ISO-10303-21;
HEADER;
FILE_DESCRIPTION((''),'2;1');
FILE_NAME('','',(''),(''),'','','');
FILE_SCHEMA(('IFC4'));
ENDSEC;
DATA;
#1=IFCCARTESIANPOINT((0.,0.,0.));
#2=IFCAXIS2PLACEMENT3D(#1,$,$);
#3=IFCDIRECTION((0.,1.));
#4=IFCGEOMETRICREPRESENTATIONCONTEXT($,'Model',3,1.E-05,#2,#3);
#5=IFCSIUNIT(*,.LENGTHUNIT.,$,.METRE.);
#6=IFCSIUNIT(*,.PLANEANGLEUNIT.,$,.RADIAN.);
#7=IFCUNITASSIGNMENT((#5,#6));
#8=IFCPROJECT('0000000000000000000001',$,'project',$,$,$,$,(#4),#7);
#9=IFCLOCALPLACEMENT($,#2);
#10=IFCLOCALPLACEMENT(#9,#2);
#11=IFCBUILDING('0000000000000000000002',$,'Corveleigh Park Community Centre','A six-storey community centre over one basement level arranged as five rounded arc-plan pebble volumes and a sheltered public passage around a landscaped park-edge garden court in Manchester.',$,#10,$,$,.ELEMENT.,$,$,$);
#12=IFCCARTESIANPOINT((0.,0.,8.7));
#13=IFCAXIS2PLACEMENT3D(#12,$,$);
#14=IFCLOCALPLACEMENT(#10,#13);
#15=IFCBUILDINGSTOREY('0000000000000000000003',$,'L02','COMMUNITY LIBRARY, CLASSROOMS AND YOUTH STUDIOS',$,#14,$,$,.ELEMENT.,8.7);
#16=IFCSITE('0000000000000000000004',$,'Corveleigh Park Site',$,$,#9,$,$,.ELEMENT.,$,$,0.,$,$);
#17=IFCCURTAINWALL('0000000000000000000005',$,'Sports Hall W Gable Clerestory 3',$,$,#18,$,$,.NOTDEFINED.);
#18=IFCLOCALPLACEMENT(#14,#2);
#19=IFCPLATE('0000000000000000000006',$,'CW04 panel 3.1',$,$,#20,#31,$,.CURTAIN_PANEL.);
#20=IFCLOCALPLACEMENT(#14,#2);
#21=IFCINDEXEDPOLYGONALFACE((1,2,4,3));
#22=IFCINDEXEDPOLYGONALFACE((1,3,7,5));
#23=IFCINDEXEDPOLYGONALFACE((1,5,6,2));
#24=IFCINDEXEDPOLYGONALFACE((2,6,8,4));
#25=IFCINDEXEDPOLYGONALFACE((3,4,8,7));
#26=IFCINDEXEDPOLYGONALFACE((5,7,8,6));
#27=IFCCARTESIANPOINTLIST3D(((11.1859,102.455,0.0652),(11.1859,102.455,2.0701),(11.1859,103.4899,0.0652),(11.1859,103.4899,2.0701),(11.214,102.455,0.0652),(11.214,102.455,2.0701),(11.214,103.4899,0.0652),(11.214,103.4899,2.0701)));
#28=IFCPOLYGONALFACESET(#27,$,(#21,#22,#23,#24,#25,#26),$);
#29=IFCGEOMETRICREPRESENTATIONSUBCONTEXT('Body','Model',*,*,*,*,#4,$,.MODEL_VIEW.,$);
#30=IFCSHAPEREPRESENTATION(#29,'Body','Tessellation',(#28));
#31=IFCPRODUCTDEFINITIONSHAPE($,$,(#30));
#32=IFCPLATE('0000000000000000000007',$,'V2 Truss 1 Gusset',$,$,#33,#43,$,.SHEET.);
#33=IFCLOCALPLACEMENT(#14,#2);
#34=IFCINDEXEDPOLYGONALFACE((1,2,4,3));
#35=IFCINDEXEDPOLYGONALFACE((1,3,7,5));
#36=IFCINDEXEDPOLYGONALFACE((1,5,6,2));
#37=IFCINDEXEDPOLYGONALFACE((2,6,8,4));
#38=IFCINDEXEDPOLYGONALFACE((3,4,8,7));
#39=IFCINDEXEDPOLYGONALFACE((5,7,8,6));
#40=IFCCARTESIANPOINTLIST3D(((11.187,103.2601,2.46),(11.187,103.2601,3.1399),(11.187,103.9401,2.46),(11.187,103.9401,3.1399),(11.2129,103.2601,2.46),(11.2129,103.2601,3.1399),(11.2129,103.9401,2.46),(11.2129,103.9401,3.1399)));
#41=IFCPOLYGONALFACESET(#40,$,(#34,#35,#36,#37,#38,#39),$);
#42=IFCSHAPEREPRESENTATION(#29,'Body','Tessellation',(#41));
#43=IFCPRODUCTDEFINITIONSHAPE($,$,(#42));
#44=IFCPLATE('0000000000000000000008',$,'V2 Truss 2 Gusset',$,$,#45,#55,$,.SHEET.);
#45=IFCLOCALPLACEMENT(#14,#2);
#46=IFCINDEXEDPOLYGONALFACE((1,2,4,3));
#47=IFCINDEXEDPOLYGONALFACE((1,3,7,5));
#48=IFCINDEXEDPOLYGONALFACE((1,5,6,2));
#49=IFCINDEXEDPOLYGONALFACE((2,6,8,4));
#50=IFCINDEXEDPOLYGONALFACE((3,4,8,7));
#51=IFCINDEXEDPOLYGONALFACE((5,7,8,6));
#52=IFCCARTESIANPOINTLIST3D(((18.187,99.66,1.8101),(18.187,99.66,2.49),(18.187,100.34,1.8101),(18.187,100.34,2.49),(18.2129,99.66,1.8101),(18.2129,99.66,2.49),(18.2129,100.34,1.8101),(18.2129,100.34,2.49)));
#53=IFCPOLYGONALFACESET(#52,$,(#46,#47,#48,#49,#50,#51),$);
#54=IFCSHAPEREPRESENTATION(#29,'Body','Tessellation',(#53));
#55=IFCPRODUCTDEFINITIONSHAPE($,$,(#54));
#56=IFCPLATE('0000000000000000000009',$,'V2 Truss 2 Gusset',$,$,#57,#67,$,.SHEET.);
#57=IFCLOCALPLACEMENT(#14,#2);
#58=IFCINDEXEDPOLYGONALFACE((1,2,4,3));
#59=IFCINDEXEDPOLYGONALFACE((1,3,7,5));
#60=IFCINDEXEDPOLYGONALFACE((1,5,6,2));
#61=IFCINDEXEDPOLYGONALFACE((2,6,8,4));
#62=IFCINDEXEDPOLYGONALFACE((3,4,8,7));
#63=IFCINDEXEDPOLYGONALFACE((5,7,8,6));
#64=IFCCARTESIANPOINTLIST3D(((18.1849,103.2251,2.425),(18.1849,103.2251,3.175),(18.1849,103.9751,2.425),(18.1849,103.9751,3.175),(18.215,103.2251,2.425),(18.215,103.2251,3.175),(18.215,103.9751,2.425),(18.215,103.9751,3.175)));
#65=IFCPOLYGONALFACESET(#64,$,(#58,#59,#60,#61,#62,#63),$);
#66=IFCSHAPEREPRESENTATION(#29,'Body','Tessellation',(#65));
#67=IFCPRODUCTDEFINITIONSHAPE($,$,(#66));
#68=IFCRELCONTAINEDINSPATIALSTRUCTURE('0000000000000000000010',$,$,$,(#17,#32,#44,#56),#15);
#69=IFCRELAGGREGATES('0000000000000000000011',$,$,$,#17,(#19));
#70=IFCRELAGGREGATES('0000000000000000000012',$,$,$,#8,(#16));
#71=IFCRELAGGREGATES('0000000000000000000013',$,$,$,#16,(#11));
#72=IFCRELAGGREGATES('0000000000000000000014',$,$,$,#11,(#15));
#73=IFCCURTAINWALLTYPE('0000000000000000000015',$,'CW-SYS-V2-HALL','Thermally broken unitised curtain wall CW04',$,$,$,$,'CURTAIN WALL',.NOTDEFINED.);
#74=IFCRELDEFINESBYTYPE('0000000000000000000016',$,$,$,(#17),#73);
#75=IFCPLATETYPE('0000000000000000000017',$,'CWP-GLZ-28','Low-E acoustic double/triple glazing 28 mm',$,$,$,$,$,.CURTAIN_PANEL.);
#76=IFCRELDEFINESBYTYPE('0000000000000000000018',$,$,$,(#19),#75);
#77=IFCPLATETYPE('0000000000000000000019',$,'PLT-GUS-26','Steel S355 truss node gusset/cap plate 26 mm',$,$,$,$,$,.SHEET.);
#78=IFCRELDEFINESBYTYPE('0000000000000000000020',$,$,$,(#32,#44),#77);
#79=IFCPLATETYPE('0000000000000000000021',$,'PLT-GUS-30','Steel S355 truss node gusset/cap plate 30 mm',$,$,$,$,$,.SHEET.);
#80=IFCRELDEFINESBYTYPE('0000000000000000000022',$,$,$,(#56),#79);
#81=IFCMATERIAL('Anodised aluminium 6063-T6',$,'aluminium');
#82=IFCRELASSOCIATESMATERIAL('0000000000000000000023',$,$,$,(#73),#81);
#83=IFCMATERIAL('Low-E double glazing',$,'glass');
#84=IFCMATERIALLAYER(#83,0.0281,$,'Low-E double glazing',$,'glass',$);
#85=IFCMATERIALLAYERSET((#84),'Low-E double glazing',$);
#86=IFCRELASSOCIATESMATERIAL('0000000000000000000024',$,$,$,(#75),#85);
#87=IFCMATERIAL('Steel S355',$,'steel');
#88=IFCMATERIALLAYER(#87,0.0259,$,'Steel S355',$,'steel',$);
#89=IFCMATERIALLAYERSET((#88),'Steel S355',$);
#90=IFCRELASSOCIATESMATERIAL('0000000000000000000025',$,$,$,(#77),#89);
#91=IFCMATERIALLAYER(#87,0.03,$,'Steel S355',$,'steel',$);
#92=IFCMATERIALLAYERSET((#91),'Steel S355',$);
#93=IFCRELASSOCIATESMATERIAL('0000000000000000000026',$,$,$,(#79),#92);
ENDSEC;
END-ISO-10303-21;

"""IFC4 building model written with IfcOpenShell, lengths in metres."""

from ifc_helpers import new_model, si_unit, direction, frame, origin, origin_2d, place, context, subcontext, project, spatial, rectangle, extrude, material, layer, layer_set, type_object, element, aggregate, save


model = new_model("IFC4")

# Units and contexts
model_context = context("Model", 3, precision=1e-05, world=origin(), true_north=direction((0.0, 1.0)))
body_context = subcontext(model_context, "Body", "Model", "MODEL_VIEW")
ifc_project = project(units=[si_unit("LENGTHUNIT", "METRE"), si_unit("PLANEANGLEUNIT", "RADIAN")], contexts=[model_context])

# Site, building, storey
site_placement = place(None, origin())
site = spatial("IfcSite", under=ifc_project, at=site_placement, Name="Corveleigh Park Site", CompositionType="ELEMENT", RefElevation=0.0)
building_placement = place(site_placement, origin())
building = spatial("IfcBuilding", under=site, at=building_placement, Name="Corveleigh Park Community Centre", Description="A six-storey community centre over one basement level arranged as five rounded arc-plan pebble volumes and a sheltered public passage around a landscaped park-edge garden court in Manchester.", CompositionType="ELEMENT")
storey_placement = place(building_placement, frame((0.0, 0.0, 8.7)))
storey = spatial("IfcBuildingStorey", under=building, at=storey_placement, Name="L02", Description="COMMUNITY LIBRARY, CLASSROOMS AND YOUTH STUDIOS", CompositionType="ELEMENT", Elevation=8.7)

# Shared definitions
ifc_material_1 = material(Name="Steel S355", Category="steel")

# Shared definitions
ifc_material_2 = material(Name="Anodised aluminium 6063-T6", Category="aluminium")
curtain_wall_type = type_object("IfcCurtainWallType", Name="CW-SYS-V2-HALL", Description="Thermally broken unitised curtain wall CW04", ElementType="CURTAIN WALL", PredefinedType="NOTDEFINED", material=ifc_material_2)

# Curtain wall
curtain_wall_1_placement = place(storey_placement, origin())
curtain_wall_1 = element("IfcCurtainWall", 1, at=curtain_wall_1_placement, inside=storey, type_object=curtain_wall_type, Name="Sports Hall W Gable Clerestory 3", PredefinedType="NOTDEFINED")

# Plate
ifc_material_3 = material(Name="Low-E double glazing", Category="glass")
ifc_layer_1 = layer(ifc_material_3, 0.0281, Name="Low-E double glazing", Category="glass")
ifc_layer_set_1 = layer_set([ifc_layer_1], Name="Low-E double glazing")
plate_type_1 = type_object("IfcPlateType", Name="CWP-GLZ-28", Description="Low-E acoustic double/triple glazing 28 mm", PredefinedType="CURTAIN_PANEL", material=ifc_layer_set_1)
plate_1_placement = place(storey_placement, frame((11.2, 102.9724, 0.0652), z_axis=(0.0, 0.0, 1.0), x_axis=(0.0, 1.0, 0.0)))
plate_1 = element("IfcPlate", 2, at=plate_1_placement, type_object=plate_type_1, Name="CW04 panel 3.1", PredefinedType="CURTAIN_PANEL", context=body_context, shape_type="SweptSolid", body=[
    extrude(rectangle(XDim=1.0349, YDim=0.0281, at=origin_2d()), origin(), (0.0, 0.0, 1.0), 2.0049),
])
aggregate(curtain_wall_1, [plate_1])

# Plates
ifc_layer_2 = layer(ifc_material_1, 0.0259, Name="Steel S355", Category="steel")
ifc_layer_set_2 = layer_set([ifc_layer_2], Name="Steel S355")
plate_type_2 = type_object("IfcPlateType", Name="PLT-GUS-26", Description="Steel S355 truss node gusset/cap plate 26 mm", PredefinedType="SHEET", material=ifc_layer_set_2)
for number, where, z_axis, x_axis, name in (
    (3, (11.2, 103.6001, 2.46), (0.0, 0.0, 1.0), (0.0, 1.0, 0.0), "V2 Truss 1 Gusset"),
    (4, (18.2, 100.0, 1.8101), (0.0, 0.0, 1.0), (0.0, 1.0, 0.0), "V2 Truss 2 Gusset"),
):
    element("IfcPlate", number, at=place(storey_placement, frame(where, z_axis=z_axis, x_axis=x_axis)), inside=storey, type_object=plate_type_2, Name=name, PredefinedType="SHEET", context=body_context, shape_type="SweptSolid", body=[
        extrude(rectangle(XDim=0.6799, YDim=0.0259, at=origin_2d()), origin(), (0.0, 0.0, 1.0), 0.6799),
    ])
ifc_layer_3 = layer(ifc_material_1, 0.03, Name="Steel S355", Category="steel")
ifc_layer_set_3 = layer_set([ifc_layer_3], Name="Steel S355")
plate_type_3 = type_object("IfcPlateType", Name="PLT-GUS-30", Description="Steel S355 truss node gusset/cap plate 30 mm", PredefinedType="SHEET", material=ifc_layer_set_3)
plate_2_placement = place(storey_placement, frame((18.2, 103.6001, 2.425), z_axis=(0.0, 0.0, 1.0), x_axis=(0.0, 1.0, 0.0)))
element("IfcPlate", 5, at=plate_2_placement, inside=storey, type_object=plate_type_3, Name="V2 Truss 2 Gusset", PredefinedType="SHEET", context=body_context, shape_type="SweptSolid", body=[
    extrude(rectangle(XDim=0.75, YDim=0.03, at=origin_2d()), origin(), (0.0, 0.0, 1.0), 0.75),
])

save(model, "model.ifc")
